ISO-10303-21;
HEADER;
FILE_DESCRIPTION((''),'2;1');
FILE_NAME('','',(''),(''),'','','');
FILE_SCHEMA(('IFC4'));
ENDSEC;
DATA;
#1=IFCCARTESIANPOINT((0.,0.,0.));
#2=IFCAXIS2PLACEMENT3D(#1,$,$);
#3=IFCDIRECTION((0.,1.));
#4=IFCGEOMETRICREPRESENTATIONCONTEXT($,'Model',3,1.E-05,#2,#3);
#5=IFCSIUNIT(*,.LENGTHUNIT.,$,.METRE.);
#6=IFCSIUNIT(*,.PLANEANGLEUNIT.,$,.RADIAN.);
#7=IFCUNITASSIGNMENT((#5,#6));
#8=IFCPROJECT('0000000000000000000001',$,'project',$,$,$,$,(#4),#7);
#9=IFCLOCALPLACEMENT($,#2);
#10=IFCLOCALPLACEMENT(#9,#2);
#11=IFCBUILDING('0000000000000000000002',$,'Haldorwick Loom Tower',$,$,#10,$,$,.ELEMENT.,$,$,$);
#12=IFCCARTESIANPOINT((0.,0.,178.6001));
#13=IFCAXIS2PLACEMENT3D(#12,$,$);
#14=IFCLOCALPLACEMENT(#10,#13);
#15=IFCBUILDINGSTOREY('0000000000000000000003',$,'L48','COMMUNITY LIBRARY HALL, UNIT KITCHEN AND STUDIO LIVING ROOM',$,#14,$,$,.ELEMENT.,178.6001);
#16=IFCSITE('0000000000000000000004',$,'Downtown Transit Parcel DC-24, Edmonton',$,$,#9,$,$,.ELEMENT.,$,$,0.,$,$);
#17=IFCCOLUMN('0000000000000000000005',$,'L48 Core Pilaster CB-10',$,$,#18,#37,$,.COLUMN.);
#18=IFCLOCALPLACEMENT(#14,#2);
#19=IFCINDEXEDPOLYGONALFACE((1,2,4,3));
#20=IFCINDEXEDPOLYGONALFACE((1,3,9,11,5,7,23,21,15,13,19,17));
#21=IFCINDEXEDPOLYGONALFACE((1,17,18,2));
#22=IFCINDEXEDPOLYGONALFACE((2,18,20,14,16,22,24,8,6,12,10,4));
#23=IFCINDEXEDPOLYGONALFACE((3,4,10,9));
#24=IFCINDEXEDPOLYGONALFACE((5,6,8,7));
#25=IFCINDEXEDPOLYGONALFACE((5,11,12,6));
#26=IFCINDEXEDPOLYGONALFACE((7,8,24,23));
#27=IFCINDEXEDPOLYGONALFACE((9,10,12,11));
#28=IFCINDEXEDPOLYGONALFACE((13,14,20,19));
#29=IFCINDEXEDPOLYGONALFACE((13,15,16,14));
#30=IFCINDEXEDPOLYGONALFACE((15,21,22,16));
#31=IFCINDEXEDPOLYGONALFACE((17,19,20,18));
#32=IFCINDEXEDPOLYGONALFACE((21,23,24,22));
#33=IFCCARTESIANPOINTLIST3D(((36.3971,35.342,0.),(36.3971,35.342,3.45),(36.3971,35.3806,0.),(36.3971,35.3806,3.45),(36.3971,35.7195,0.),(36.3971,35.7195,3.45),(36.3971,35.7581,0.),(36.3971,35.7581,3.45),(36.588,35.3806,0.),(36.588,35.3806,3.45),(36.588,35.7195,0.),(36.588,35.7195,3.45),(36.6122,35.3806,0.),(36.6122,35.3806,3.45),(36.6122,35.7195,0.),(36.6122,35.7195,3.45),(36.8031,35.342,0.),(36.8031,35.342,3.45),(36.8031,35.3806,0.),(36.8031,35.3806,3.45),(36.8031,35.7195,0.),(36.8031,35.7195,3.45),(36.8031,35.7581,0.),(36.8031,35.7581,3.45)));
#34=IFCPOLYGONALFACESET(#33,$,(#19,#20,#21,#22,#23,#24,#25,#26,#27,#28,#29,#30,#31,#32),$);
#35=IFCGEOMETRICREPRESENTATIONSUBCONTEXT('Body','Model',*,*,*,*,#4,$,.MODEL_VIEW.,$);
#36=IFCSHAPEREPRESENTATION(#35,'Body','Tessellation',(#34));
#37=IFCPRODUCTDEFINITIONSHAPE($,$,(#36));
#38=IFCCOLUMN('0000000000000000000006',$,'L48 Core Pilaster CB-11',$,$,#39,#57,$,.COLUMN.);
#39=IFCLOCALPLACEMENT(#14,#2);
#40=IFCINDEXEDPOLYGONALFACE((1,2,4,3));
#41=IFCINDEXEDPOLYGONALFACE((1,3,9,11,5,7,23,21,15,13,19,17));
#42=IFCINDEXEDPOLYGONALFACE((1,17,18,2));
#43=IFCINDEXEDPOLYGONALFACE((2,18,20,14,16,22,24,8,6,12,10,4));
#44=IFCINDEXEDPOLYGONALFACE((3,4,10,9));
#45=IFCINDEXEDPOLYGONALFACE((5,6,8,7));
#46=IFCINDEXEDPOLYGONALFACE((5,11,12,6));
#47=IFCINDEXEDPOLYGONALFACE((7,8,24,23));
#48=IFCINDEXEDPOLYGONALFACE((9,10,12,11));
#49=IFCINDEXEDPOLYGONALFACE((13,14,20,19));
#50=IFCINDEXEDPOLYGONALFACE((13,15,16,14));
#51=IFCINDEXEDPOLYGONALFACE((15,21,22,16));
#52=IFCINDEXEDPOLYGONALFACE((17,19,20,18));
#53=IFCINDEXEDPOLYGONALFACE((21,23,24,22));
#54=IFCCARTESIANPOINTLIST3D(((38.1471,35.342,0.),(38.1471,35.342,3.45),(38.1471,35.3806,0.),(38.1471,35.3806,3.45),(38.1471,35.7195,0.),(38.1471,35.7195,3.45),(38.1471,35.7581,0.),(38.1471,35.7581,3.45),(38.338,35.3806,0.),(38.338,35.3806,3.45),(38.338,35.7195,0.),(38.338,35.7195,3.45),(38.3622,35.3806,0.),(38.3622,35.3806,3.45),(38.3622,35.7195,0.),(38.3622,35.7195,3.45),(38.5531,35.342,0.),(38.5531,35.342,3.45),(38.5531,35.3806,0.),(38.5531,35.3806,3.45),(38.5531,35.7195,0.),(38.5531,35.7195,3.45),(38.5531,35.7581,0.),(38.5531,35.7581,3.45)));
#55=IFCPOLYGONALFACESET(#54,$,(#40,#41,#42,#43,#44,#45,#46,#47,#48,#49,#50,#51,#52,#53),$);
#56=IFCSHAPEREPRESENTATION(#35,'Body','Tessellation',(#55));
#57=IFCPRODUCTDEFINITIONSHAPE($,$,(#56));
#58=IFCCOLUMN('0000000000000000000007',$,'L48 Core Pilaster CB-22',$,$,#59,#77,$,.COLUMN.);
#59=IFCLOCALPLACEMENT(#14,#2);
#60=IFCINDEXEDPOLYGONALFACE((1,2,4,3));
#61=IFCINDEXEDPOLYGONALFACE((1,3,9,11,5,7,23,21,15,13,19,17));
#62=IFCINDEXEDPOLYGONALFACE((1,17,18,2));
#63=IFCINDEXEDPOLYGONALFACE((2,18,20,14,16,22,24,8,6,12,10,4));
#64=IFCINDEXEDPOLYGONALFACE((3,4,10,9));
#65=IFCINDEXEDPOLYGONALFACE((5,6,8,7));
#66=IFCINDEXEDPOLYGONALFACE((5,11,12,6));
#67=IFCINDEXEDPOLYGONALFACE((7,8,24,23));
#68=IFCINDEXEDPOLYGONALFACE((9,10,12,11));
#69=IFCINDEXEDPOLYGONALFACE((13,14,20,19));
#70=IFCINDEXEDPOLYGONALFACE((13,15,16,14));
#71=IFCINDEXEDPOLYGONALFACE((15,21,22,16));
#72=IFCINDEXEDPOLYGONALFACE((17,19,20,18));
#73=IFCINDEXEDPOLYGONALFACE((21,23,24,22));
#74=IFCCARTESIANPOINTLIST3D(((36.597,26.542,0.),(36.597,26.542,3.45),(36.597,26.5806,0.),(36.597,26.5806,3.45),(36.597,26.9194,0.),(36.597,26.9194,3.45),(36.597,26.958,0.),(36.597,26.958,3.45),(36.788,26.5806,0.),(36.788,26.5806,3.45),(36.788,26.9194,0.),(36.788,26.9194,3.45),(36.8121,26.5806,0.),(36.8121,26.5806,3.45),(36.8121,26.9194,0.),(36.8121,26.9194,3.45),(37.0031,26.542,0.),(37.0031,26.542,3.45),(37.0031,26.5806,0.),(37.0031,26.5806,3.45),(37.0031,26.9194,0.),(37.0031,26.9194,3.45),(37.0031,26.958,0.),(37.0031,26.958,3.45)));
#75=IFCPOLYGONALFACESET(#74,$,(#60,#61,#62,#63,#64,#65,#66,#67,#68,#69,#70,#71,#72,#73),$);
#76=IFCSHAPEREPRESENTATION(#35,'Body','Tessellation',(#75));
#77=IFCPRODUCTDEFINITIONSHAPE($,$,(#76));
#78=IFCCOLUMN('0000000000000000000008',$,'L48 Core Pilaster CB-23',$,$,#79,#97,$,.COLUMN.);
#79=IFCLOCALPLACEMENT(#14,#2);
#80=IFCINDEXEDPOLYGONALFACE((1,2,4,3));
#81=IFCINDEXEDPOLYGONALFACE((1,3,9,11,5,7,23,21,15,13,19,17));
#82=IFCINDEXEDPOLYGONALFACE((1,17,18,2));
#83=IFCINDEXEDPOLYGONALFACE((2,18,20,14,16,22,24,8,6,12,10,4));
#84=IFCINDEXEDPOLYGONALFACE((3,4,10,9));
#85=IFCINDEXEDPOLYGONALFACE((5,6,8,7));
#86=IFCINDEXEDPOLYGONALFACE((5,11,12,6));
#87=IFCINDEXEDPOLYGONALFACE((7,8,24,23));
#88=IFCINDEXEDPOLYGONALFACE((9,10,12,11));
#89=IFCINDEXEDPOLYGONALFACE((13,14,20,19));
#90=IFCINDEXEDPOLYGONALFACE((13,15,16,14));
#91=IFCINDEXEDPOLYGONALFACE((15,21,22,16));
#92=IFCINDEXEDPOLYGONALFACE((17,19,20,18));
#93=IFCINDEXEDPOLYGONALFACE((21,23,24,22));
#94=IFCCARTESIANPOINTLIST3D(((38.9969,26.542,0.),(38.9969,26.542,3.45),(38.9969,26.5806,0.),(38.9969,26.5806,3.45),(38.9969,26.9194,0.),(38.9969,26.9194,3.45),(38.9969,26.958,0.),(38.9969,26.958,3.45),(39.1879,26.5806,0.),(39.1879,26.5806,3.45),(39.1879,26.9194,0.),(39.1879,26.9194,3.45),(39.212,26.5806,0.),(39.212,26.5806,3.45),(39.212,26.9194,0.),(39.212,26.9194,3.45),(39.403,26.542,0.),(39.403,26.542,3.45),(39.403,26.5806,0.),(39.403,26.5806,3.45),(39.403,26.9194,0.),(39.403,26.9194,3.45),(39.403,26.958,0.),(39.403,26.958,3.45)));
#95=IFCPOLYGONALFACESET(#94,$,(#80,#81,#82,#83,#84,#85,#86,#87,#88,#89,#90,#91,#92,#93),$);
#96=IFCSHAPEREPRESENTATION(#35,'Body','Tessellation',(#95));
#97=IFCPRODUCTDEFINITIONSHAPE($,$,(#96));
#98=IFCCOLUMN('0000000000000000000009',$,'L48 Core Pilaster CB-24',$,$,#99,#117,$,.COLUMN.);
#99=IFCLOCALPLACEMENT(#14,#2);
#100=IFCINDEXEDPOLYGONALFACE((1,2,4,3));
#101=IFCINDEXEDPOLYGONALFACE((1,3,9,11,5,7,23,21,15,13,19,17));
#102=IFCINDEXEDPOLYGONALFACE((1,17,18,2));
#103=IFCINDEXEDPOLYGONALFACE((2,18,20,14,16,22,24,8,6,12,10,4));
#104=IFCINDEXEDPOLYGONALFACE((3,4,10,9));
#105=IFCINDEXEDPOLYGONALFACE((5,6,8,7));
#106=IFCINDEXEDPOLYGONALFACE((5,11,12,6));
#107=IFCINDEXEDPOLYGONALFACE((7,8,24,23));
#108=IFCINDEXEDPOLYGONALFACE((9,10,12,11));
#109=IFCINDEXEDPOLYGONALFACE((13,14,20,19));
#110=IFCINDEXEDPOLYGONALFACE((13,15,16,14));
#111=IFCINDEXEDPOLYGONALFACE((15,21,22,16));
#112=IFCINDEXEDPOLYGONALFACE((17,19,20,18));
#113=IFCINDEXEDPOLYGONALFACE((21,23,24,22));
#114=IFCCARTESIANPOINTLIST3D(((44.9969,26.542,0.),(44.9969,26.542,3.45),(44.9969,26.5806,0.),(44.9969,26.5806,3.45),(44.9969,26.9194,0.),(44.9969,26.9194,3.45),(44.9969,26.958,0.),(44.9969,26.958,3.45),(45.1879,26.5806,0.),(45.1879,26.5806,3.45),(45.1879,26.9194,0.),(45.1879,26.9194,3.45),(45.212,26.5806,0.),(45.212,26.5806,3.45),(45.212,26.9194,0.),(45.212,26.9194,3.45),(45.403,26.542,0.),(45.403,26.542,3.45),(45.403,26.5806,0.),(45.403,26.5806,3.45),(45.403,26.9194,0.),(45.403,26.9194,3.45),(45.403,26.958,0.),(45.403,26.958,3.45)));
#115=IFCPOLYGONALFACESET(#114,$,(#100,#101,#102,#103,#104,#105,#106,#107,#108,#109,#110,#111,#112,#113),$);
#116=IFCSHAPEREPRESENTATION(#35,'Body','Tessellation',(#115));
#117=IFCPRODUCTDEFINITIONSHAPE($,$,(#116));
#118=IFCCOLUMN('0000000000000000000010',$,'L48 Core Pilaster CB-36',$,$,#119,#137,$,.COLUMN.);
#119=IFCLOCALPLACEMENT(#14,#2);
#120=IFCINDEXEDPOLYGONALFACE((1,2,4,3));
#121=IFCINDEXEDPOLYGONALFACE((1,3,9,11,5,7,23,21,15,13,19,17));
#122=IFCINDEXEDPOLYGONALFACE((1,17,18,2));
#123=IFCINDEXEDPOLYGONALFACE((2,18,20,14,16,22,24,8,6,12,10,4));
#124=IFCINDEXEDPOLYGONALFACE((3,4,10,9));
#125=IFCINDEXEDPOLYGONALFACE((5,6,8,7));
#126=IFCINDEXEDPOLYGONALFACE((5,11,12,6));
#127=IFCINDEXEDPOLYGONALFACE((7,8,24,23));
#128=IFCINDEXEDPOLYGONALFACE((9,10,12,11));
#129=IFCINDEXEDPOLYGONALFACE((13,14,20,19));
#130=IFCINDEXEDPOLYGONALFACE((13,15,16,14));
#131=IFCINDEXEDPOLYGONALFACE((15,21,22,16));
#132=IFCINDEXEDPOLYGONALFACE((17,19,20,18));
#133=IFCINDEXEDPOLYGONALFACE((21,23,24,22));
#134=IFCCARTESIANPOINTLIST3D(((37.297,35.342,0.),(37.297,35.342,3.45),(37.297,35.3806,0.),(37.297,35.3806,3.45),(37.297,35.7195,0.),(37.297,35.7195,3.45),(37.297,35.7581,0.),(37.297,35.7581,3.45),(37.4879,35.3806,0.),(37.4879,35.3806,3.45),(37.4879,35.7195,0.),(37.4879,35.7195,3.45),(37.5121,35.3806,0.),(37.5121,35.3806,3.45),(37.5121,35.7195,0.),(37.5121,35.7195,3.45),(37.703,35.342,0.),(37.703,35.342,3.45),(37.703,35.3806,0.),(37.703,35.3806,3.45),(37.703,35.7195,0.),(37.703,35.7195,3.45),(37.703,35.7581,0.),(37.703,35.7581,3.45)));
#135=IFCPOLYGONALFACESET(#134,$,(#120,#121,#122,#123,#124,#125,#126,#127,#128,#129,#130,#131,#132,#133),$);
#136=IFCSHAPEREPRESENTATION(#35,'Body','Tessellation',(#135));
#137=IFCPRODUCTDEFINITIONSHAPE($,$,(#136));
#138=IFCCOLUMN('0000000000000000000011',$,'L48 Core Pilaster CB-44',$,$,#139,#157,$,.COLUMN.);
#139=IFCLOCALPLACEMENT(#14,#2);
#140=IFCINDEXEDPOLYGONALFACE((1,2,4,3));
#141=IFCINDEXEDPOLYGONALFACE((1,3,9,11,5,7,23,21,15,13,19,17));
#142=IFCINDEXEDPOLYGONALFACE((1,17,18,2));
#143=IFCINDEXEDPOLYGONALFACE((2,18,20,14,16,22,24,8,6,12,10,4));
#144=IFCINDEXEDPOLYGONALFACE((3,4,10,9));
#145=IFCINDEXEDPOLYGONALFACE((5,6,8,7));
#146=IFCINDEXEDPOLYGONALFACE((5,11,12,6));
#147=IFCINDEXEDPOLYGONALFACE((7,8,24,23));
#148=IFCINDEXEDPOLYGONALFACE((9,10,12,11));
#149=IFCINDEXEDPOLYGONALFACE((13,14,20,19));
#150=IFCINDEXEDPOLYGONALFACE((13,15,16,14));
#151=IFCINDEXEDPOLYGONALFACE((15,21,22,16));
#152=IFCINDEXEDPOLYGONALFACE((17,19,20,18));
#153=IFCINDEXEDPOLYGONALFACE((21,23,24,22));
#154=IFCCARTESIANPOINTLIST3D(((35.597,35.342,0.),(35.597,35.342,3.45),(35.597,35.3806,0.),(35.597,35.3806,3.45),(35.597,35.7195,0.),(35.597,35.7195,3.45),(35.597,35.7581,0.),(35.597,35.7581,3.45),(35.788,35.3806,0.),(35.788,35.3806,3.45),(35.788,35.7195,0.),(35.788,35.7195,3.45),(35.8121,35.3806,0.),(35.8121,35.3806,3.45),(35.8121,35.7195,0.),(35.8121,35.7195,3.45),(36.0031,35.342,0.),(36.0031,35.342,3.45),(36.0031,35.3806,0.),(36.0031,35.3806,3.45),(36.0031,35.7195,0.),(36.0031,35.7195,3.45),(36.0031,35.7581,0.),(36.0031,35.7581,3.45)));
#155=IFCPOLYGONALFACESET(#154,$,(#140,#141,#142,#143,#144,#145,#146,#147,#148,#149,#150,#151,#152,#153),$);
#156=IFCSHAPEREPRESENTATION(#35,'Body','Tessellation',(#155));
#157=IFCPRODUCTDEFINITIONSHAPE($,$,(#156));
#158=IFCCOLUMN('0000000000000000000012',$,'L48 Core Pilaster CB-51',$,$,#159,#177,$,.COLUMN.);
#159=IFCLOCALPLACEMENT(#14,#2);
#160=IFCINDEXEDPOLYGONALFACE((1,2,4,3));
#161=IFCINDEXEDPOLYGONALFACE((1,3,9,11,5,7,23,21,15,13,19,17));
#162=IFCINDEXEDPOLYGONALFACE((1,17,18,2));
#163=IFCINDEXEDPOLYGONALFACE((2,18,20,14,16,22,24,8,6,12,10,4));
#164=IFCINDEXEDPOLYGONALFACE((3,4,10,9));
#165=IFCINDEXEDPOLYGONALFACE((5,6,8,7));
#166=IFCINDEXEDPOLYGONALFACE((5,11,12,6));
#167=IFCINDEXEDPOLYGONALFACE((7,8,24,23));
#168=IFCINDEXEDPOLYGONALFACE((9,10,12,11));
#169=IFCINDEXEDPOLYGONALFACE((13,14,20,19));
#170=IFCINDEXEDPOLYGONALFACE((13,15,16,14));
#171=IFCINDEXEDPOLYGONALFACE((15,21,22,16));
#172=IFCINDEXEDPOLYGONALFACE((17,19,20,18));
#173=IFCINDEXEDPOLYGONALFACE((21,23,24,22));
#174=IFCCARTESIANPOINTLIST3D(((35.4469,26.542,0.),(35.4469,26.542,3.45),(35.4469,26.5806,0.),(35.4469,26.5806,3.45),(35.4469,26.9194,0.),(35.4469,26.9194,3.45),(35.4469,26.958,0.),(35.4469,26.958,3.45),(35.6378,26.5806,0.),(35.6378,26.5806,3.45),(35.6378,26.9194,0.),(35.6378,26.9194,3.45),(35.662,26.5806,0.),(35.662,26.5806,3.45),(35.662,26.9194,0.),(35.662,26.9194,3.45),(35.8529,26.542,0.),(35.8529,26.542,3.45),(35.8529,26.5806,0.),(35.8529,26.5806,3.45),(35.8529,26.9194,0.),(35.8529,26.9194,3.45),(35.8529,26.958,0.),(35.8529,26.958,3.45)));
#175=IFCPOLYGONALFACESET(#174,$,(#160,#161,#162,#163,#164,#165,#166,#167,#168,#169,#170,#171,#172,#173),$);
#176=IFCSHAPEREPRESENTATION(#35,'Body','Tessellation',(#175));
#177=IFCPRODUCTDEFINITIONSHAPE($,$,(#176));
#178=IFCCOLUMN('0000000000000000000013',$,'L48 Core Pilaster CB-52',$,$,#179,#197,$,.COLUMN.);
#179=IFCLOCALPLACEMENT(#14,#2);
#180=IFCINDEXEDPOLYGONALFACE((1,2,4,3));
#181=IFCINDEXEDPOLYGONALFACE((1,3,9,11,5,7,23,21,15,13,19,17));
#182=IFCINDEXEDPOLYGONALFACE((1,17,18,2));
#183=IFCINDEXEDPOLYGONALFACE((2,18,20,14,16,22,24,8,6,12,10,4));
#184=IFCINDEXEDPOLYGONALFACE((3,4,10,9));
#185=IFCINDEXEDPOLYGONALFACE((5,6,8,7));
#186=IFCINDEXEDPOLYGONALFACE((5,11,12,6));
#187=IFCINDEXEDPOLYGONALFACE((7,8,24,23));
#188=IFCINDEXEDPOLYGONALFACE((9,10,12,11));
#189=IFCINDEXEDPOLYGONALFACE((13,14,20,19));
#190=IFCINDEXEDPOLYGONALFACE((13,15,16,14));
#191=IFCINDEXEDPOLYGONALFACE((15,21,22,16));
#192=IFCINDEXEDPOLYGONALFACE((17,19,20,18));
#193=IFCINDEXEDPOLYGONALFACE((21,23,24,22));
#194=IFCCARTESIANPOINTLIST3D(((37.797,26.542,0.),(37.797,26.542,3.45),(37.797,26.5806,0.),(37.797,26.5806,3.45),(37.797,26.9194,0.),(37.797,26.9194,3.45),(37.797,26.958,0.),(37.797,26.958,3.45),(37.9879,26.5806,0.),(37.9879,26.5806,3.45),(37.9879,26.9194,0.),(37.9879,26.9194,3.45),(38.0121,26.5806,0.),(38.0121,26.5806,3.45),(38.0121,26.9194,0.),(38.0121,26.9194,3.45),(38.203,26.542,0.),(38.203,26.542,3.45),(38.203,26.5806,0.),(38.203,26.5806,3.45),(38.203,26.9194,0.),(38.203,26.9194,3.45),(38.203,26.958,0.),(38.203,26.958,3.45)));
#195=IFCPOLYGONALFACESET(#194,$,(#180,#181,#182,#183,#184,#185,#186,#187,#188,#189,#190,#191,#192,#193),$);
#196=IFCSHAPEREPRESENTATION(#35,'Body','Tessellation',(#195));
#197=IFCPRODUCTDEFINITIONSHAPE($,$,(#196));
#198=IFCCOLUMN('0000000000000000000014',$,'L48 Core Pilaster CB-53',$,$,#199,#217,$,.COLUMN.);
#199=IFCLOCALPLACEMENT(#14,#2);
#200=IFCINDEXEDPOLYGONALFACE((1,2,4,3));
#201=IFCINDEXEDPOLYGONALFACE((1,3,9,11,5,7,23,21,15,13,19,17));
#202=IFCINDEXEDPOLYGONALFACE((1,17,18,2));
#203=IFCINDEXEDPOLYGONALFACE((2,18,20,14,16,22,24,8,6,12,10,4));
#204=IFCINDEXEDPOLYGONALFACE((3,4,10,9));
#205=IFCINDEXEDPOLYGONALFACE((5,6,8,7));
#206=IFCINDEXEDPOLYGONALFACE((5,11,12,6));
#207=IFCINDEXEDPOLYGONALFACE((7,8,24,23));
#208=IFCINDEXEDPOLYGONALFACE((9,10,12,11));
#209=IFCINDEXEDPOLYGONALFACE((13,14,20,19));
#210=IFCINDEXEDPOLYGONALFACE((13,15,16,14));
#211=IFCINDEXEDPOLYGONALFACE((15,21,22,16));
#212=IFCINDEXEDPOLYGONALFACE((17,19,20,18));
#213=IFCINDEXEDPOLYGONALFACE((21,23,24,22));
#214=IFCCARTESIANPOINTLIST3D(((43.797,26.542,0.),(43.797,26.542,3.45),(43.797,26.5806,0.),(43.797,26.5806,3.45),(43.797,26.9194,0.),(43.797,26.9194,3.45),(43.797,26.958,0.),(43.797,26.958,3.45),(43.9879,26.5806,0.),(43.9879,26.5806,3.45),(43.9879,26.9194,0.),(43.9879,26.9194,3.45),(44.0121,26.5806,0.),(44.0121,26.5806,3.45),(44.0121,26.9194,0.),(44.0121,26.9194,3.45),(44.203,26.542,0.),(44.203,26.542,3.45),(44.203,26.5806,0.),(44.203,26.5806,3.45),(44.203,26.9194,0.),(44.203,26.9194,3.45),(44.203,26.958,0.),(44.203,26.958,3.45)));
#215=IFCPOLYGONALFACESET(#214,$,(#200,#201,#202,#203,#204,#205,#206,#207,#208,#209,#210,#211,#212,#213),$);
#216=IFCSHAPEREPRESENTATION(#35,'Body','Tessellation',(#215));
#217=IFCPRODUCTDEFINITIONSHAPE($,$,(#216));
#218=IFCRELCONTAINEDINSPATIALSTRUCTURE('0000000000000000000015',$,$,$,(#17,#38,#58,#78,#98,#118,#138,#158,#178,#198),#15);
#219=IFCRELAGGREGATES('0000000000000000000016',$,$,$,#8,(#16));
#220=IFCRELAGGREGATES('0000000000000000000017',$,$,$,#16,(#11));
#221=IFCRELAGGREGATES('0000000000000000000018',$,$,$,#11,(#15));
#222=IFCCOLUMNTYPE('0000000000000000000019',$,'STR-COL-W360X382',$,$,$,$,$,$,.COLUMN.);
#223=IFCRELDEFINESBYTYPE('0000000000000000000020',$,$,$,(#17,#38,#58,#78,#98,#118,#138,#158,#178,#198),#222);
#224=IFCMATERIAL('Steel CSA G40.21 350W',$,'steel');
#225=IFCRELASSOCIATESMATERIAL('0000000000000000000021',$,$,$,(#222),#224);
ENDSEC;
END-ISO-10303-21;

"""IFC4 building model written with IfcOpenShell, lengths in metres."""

from ifc_helpers import new_model, si_unit, direction, frame, origin, origin_2d, place, context, subcontext, project, spatial, i_section, extrude, material, material_profile, profile_set, type_object, element, save


model = new_model("IFC4")

# Units and contexts
model_context = context("Model", 3, precision=1e-05, world=origin(), true_north=direction((0.0, 1.0)))
body_context = subcontext(model_context, "Body", "Model", "MODEL_VIEW")
ifc_project = project(units=[si_unit("LENGTHUNIT", "METRE"), si_unit("PLANEANGLEUNIT", "RADIAN")], contexts=[model_context])

# Site, building, storey
site_placement = place(None, origin())
site = spatial("IfcSite", under=ifc_project, at=site_placement, Name="Downtown Transit Parcel DC-24, Edmonton", CompositionType="ELEMENT", RefElevation=0.0)
building_placement = place(site_placement, origin())
building = spatial("IfcBuilding", under=site, at=building_placement, Name="Haldorwick Loom Tower", CompositionType="ELEMENT")
storey_placement = place(building_placement, frame((0.0, 0.0, 178.6001)))
storey = spatial("IfcBuildingStorey", under=building, at=storey_placement, Name="L48", Description="COMMUNITY LIBRARY HALL, UNIT KITCHEN AND STUDIO LIVING ROOM", CompositionType="ELEMENT", Elevation=178.6001)

# Columns
ifc_material_1 = material(Name="Steel CSA G40.21 350W", Category="steel")
ifc_material_profile_1 = material_profile(ifc_material_1, i_section(OverallWidth=0.406, OverallDepth=0.416, WebThickness=0.0242, FlangeThickness=0.0386, at=origin_2d()), Name="W360X382", Category="steel")
ifc_profile_set_1 = profile_set([ifc_material_profile_1], Name="Steel CSA G40.21 350W")
column_type = type_object("IfcColumnType", Name="STR-COL-W360X382", PredefinedType="COLUMN", material=ifc_profile_set_1)
for number, where, z_axis, x_axis, name in (
    (1, (36.6001, 35.55, 0.0), (0.0, 0.0, 1.0), (1.0, 0.0, 0.0), "L48 Core Pilaster CB-10"),
    (2, (38.3501, 35.55, 0.0), (0.0, 0.0, 1.0), (1.0, 0.0, 0.0), "L48 Core Pilaster CB-11"),
    (3, (36.8, 26.75, 0.0), (0.0, 0.0, 1.0), (1.0, 0.0, 0.0), "L48 Core Pilaster CB-22"),
    (4, (39.2, 26.75, 0.0), (0.0, 0.0, 1.0), (1.0, 0.0, 0.0), "L48 Core Pilaster CB-23"),
    (5, (45.2, 26.75, 0.0), (0.0, 0.0, 1.0), (1.0, 0.0, 0.0), "L48 Core Pilaster CB-24"),
    (6, (37.5, 35.55, 0.0), (0.0, 0.0, 1.0), (1.0, 0.0, 0.0), "L48 Core Pilaster CB-36"),
    (7, (35.8, 35.55, 0.0), (0.0, 0.0, 1.0), (1.0, 0.0, 0.0), "L48 Core Pilaster CB-44"),
    (8, (35.6499, 26.75, 0.0), (0.0, 0.0, 1.0), (1.0, 0.0, 0.0), "L48 Core Pilaster CB-51"),
    (9, (38.0, 26.75, 0.0), (0.0, 0.0, 1.0), (1.0, 0.0, 0.0), "L48 Core Pilaster CB-52"),
    (10, (44.0, 26.75, 0.0), (0.0, 0.0, 1.0), (1.0, 0.0, 0.0), "L48 Core Pilaster CB-53"),
):
    element("IfcColumn", number, at=place(storey_placement, frame(where, z_axis=z_axis, x_axis=x_axis)), inside=storey, type_object=column_type, Name=name, PredefinedType="COLUMN", context=body_context, shape_type="SweptSolid", body=[
        extrude(i_section(OverallWidth=0.406, OverallDepth=0.416, WebThickness=0.0242, FlangeThickness=0.0386, at=origin_2d()), origin(), (0.0, 0.0, 1.0), 3.45),
    ])

save(model, "model.ifc")
